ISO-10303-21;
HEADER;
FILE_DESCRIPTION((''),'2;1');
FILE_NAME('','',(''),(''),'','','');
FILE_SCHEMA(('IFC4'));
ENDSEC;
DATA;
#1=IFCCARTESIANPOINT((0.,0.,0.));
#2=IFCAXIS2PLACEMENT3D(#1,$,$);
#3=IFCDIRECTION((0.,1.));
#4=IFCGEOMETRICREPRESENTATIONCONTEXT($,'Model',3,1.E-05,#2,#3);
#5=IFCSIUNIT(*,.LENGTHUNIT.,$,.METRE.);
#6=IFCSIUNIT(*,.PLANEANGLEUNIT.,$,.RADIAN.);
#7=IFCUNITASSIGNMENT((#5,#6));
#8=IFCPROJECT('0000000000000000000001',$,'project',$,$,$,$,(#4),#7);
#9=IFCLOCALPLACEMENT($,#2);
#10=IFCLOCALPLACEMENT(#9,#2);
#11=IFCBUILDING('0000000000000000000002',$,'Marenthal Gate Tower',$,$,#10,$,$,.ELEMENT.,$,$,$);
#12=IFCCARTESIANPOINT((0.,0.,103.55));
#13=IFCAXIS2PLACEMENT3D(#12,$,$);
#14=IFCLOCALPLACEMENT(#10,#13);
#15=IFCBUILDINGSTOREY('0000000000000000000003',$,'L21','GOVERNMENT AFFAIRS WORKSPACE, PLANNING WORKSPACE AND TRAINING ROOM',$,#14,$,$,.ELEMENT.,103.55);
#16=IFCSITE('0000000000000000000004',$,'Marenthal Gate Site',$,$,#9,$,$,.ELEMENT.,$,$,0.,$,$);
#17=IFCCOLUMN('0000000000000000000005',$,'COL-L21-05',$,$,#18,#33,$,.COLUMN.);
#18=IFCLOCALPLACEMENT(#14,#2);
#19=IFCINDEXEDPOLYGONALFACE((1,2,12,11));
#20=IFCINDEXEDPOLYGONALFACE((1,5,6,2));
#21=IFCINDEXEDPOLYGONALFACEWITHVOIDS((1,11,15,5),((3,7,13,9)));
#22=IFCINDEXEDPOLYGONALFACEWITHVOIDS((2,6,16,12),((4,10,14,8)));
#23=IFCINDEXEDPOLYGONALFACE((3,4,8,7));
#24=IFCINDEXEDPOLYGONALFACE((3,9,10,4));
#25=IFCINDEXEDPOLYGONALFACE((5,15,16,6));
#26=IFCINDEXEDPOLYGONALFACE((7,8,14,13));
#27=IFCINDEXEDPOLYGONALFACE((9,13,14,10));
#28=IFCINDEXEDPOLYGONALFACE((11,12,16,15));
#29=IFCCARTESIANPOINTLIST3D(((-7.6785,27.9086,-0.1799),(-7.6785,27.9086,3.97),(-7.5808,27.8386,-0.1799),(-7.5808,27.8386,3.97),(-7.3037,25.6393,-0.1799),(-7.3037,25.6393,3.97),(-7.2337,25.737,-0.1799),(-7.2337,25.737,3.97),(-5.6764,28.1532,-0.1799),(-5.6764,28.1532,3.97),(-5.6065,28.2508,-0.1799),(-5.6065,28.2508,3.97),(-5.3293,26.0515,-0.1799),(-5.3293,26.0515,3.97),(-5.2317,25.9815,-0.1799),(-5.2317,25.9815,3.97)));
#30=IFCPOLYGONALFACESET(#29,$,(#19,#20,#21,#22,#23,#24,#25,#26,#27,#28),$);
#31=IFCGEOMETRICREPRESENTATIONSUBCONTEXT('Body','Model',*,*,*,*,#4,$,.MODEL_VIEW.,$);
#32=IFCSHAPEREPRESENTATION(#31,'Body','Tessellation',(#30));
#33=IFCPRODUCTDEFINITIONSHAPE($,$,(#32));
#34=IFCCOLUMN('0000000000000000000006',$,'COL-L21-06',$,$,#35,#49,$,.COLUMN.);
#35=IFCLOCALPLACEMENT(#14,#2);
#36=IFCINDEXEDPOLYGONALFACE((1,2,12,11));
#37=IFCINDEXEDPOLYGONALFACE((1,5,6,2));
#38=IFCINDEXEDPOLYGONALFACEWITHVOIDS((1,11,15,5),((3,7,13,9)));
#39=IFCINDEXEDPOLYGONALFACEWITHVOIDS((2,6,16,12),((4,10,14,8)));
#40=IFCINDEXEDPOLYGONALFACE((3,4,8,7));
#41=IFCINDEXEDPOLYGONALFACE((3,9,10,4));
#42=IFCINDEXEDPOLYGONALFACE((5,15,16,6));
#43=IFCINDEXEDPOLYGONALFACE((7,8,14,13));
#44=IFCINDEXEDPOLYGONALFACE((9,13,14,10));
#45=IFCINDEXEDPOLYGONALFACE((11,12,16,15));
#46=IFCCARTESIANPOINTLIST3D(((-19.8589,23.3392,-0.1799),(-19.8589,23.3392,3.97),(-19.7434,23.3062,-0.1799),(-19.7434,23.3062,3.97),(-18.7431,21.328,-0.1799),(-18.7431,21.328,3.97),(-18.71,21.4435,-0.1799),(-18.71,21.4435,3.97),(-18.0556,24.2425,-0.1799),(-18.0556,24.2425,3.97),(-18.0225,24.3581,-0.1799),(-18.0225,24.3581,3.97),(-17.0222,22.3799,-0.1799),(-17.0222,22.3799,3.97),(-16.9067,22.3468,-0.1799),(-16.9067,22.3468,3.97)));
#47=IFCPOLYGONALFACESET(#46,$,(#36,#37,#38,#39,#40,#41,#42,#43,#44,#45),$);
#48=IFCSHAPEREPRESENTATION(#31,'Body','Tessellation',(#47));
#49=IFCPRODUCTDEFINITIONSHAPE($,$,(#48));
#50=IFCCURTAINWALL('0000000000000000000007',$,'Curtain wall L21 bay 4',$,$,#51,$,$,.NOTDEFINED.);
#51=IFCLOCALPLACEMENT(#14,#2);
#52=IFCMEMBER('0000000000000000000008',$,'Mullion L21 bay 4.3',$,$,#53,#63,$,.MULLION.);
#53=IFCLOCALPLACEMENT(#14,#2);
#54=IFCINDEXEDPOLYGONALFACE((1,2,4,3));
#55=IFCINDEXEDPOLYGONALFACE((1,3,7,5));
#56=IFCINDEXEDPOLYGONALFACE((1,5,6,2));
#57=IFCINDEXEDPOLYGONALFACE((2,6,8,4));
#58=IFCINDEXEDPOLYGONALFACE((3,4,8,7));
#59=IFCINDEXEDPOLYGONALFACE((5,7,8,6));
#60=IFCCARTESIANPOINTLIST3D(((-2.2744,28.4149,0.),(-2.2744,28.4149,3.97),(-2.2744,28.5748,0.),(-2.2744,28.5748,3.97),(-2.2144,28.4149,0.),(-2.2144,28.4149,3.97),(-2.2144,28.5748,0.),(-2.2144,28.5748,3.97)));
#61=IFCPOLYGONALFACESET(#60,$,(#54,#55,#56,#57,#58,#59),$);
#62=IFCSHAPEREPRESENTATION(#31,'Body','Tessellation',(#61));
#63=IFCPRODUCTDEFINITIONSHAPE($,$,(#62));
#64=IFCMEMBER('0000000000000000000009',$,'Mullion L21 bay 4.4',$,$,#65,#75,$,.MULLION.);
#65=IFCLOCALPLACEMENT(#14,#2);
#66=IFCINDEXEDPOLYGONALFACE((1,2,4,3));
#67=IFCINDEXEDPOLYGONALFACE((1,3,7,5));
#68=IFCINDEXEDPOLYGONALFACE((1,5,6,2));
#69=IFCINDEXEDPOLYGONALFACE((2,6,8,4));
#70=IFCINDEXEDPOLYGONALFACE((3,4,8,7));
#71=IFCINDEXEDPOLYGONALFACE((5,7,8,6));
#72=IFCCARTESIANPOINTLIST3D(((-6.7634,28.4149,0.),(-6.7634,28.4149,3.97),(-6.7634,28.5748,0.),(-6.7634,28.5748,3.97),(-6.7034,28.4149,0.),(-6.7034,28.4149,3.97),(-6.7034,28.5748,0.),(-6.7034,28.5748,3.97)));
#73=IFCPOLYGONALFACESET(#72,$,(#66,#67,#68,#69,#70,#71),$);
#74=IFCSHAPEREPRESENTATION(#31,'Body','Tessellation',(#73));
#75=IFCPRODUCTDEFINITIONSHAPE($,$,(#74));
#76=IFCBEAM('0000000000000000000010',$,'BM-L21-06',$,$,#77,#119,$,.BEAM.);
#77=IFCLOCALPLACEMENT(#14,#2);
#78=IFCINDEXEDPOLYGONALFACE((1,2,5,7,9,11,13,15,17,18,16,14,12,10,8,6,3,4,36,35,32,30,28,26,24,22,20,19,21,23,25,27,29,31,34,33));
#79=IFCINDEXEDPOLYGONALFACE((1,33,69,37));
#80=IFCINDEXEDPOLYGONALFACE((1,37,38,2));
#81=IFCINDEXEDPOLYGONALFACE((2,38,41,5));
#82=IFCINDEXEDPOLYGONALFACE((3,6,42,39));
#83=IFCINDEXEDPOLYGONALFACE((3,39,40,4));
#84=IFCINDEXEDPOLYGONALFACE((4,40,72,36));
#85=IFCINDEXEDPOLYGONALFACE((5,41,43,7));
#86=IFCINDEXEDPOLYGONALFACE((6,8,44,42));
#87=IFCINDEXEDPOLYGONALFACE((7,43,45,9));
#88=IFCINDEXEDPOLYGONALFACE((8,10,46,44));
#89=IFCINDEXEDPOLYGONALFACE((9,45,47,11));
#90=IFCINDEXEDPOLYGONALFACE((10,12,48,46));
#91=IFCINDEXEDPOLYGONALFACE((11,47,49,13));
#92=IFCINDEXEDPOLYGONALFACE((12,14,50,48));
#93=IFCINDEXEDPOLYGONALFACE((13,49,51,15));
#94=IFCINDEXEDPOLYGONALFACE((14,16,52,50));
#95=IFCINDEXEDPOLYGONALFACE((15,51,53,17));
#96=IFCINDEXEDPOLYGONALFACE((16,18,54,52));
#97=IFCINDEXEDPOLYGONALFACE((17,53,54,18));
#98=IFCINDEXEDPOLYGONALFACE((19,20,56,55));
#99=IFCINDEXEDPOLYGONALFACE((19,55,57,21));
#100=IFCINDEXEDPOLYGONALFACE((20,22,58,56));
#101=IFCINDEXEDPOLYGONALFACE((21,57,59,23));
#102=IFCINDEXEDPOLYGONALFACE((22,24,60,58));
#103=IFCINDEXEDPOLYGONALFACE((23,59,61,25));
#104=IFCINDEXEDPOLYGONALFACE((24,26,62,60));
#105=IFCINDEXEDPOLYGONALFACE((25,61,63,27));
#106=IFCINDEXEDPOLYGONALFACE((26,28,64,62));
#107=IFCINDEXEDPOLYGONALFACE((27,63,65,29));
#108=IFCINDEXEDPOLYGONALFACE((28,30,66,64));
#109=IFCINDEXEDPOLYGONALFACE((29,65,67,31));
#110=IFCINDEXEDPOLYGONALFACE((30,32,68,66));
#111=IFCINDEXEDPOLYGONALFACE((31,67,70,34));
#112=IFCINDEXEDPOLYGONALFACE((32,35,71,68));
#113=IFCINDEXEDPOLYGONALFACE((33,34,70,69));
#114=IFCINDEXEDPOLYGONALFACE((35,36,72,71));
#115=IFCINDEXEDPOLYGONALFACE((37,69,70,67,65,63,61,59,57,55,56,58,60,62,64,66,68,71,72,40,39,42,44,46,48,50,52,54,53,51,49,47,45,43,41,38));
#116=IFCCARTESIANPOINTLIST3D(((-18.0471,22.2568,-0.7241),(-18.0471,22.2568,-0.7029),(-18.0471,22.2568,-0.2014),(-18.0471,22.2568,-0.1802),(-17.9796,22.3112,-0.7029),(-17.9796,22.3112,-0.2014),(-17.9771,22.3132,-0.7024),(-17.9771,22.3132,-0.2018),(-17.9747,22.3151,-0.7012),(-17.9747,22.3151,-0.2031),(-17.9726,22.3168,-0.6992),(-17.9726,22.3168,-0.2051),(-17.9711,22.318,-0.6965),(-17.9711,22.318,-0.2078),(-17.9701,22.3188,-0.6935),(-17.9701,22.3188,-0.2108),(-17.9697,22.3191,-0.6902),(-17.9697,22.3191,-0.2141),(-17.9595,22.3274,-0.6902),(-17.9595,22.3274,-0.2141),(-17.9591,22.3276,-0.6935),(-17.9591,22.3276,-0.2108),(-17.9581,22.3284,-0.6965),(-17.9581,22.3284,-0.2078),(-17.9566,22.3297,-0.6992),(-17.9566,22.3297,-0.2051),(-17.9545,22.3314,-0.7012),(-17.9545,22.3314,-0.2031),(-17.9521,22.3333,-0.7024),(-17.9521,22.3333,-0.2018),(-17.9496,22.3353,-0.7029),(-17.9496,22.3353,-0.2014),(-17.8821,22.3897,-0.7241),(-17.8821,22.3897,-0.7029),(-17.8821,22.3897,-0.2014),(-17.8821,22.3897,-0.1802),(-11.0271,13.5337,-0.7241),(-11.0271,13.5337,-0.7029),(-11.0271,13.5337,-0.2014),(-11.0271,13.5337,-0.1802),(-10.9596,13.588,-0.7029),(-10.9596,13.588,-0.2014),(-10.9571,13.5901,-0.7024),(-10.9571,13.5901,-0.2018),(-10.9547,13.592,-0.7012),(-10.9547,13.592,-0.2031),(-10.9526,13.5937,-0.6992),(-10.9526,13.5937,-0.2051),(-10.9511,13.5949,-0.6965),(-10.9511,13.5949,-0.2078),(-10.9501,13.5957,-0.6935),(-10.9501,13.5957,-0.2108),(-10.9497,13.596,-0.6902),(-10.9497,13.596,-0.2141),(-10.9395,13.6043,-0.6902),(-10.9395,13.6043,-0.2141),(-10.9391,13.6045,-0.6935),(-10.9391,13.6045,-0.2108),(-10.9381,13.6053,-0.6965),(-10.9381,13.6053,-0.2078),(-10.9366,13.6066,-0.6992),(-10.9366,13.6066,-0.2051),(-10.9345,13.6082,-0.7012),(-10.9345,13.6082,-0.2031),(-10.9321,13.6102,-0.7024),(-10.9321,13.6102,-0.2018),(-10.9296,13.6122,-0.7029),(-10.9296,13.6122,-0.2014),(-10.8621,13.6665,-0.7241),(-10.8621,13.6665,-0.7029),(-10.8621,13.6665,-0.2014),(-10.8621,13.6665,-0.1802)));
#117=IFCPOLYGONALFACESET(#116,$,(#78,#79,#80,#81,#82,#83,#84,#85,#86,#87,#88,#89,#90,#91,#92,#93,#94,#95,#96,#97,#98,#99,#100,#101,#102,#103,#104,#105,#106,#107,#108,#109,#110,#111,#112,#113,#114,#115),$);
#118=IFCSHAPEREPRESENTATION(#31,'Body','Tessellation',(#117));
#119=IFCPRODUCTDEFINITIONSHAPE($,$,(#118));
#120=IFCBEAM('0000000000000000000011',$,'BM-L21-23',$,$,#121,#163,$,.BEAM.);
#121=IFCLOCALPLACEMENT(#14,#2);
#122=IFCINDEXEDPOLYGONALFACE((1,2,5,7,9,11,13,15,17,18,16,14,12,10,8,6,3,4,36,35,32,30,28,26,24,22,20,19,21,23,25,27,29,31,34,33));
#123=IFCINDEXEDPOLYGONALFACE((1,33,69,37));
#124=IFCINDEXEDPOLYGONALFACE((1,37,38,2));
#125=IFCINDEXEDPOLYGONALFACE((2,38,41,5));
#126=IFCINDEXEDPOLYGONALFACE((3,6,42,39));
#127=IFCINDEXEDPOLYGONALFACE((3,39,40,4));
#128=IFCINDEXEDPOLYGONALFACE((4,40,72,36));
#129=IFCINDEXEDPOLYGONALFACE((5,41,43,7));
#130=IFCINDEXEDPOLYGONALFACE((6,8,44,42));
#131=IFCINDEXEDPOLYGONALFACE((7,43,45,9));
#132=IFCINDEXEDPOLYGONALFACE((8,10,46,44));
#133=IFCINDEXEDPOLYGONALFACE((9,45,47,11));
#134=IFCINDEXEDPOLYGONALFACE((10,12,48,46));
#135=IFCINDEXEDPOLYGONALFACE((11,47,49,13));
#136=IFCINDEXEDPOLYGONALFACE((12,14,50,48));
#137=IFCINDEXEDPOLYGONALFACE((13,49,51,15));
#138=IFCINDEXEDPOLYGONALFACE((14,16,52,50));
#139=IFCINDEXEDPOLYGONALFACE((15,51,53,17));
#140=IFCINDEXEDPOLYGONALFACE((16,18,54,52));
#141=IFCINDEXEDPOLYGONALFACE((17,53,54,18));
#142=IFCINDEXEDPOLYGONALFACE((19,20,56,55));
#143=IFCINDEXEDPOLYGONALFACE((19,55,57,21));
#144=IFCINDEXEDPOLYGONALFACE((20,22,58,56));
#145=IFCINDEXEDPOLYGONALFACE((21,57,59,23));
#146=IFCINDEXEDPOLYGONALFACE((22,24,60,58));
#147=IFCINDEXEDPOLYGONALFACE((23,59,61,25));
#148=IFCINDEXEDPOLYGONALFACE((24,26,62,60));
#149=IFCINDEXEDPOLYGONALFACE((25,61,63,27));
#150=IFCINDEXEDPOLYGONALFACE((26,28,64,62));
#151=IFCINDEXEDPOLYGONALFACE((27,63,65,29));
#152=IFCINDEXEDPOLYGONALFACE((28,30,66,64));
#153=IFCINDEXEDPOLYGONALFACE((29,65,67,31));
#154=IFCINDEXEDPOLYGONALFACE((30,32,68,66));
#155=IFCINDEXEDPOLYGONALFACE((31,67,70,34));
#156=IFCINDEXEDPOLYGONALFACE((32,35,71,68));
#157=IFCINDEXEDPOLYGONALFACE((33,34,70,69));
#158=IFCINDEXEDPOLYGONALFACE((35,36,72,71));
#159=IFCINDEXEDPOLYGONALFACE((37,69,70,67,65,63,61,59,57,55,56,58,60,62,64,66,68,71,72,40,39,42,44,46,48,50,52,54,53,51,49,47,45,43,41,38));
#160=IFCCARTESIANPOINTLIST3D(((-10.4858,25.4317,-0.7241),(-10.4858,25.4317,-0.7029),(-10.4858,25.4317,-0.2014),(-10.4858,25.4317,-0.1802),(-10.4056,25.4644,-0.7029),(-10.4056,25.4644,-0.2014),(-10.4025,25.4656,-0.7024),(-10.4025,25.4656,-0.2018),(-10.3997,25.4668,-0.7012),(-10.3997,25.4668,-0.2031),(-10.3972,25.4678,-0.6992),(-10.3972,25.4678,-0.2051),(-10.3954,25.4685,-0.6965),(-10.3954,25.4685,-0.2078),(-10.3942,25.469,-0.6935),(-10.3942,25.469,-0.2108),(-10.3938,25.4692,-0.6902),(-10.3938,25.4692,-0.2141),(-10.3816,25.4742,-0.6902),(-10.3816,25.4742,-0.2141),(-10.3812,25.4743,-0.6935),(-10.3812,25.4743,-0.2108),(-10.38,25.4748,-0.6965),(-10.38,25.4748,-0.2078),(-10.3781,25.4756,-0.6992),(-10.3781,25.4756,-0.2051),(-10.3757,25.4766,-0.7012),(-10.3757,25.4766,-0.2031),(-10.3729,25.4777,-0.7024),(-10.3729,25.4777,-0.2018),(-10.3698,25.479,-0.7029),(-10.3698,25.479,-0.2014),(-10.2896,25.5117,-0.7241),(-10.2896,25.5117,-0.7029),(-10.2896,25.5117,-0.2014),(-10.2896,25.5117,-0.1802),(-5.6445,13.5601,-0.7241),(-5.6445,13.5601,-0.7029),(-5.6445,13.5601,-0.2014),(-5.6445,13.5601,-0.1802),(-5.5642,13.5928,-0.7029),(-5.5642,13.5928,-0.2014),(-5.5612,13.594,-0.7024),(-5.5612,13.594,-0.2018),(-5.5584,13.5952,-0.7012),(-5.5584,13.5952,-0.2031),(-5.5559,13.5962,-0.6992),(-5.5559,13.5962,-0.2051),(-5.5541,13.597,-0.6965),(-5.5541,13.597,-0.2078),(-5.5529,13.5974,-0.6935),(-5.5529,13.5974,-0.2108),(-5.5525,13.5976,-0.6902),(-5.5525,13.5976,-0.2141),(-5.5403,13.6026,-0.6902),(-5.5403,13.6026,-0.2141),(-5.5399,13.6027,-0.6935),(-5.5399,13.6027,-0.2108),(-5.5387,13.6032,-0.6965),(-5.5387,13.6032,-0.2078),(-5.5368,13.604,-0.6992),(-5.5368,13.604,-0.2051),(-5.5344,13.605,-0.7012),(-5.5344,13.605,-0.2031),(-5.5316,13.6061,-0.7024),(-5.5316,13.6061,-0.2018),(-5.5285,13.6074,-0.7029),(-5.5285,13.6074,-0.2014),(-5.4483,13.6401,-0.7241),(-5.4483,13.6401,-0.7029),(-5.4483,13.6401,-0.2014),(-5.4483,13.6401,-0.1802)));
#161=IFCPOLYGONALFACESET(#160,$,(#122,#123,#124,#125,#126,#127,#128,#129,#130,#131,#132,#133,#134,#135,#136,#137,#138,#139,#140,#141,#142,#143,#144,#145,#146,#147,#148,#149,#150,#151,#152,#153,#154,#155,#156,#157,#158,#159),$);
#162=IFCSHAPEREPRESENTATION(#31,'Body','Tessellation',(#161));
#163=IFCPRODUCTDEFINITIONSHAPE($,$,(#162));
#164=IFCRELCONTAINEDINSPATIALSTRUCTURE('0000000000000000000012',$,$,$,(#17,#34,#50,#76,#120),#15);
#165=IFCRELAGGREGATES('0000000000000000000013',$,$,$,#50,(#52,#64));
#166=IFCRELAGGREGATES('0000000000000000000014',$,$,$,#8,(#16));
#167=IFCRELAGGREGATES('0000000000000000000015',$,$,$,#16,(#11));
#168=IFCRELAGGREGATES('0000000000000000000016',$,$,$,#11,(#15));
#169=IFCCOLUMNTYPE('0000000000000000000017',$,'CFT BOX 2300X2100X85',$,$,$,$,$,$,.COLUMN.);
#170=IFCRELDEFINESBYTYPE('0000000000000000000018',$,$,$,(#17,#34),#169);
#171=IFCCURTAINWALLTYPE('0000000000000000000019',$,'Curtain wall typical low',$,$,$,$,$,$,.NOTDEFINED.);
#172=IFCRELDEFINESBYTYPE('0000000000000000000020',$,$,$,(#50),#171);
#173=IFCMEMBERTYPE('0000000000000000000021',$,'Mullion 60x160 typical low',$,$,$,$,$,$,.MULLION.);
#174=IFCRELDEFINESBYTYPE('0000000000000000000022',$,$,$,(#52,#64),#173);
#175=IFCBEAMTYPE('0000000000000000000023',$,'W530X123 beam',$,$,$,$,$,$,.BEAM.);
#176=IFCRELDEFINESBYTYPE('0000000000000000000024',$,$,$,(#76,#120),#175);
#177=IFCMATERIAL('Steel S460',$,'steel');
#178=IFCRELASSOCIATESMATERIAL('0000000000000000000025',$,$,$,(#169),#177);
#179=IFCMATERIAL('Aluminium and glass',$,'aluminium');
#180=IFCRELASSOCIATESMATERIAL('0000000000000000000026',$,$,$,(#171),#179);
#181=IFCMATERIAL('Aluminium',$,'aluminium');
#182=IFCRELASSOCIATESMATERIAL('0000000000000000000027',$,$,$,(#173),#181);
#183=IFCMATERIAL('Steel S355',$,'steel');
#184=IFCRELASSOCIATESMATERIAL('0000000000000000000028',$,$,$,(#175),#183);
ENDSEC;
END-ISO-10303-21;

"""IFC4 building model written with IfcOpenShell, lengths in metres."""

from ifc_helpers import new_model, si_unit, direction, frame, origin, origin_2d, place, context, subcontext, project, spatial, rectangle, hollow_rectangle, i_section, extrude, material, material_profile, profile_set, type_object, element, aggregate, save


model = new_model("IFC4")

# Units and contexts
model_context = context("Model", 3, precision=1e-05, world=origin(), true_north=direction((0.0, 1.0)))
body_context = subcontext(model_context, "Body", "Model", "MODEL_VIEW")
ifc_project = project(units=[si_unit("LENGTHUNIT", "METRE"), si_unit("PLANEANGLEUNIT", "RADIAN")], contexts=[model_context])

# Site, building, storey
site_placement = place(None, origin())
site = spatial("IfcSite", under=ifc_project, at=site_placement, Name="Marenthal Gate Site", CompositionType="ELEMENT", RefElevation=0.0)
building_placement = place(site_placement, origin())
building = spatial("IfcBuilding", under=site, at=building_placement, Name="Marenthal Gate Tower", CompositionType="ELEMENT")
storey_placement = place(building_placement, frame((0.0, 0.0, 103.55)))
storey = spatial("IfcBuildingStorey", under=building, at=storey_placement, Name="L21", Description="GOVERNMENT AFFAIRS WORKSPACE, PLANNING WORKSPACE AND TRAINING ROOM", CompositionType="ELEMENT", Elevation=103.55)

# Columns
ifc_material_1 = material(Name="Steel S460", Category="steel")
ifc_material_profile_1 = material_profile(ifc_material_1, hollow_rectangle(XDim=2.1001, YDim=2.3, WallThickness=0.085, at=origin_2d()), Name="CFT BOX 2300X2100X85")
ifc_material_2 = material(Name="Concrete 70 MPa", Category="concrete")
ifc_material_profile_2 = material_profile(ifc_material_2, rectangle(XDim=1.9299, YDim=2.1299, at=origin_2d()), Name="CFT BOX 2300X2100X85 INFILL")
ifc_profile_set_1 = profile_set([ifc_material_profile_1, ifc_material_profile_2], Name="Steel S460 shell, Concrete 70 MPa infill")
column_type = type_object("IfcColumnType", Name="CFT BOX 2300X2100X85", PredefinedType="COLUMN", material=ifc_profile_set_1)
for number, where, z_axis, x_axis, name in (
    (1, (-6.4551, 26.9451, -0.1799), (0.0, 0.0, 1.0), (0.986635, 0.162949, 0.0), "COL-L21-05"),
    (2, (-18.3828, 22.843, -0.1799), (0.0, 0.0, 1.0), (0.874442, 0.48513, 0.0), "COL-L21-06"),
):
    element("IfcColumn", number, at=place(storey_placement, frame(where, z_axis=z_axis, x_axis=x_axis)), inside=storey, type_object=column_type, Name=name, PredefinedType="COLUMN", context=body_context, shape_type="SweptSolid", body=[
        extrude(hollow_rectangle(XDim=2.1001, YDim=2.3, WallThickness=0.085, at=origin_2d()), origin(), (0.0, 0.0, 1.0), 4.1499),
    ])

# Curtain wall, members
ifc_material_3 = material(Name="Aluminium and glass", Category="aluminium")
curtain_wall_type = type_object("IfcCurtainWallType", Name="Curtain wall typical low", PredefinedType="NOTDEFINED", material=ifc_material_3)
curtain_wall_placement = place(storey_placement, origin())
curtain_wall = element("IfcCurtainWall", 3, at=curtain_wall_placement, inside=storey, type_object=curtain_wall_type, Name="Curtain wall L21 bay 4", PredefinedType="NOTDEFINED")
ifc_material_4 = material(Name="Aluminium", Category="aluminium")
ifc_material_profile_3 = material_profile(ifc_material_4, rectangle(XDim=0.1599, YDim=0.0601, at=origin_2d()), Name="60x160 aluminium mullion")
ifc_profile_set_2 = profile_set([ifc_material_profile_3], Name="Aluminium")
member_type = type_object("IfcMemberType", Name="Mullion 60x160 typical low", PredefinedType="MULLION", material=ifc_profile_set_2)
member_1_placement = place(storey_placement, frame((-2.2444, 28.4949, 0.0), z_axis=(0.0, 0.0, 1.0), x_axis=(0.0, -1.0, 0.0)))
member_1 = element("IfcMember", 4, at=member_1_placement, type_object=member_type, Name="Mullion L21 bay 4.3", PredefinedType="MULLION", context=body_context, shape_type="SweptSolid", body=[
    extrude(rectangle(XDim=0.1599, YDim=0.0601, at=origin_2d()), origin(), (0.0, 0.0, 1.0), 3.97),
])
member_2_placement = place(storey_placement, frame((-6.7334, 28.4949, 0.0), z_axis=(0.0, 0.0, 1.0), x_axis=(0.0, -1.0, 0.0)))
member_2 = element("IfcMember", 5, at=member_2_placement, type_object=member_type, Name="Mullion L21 bay 4.4", PredefinedType="MULLION", context=body_context, shape_type="SweptSolid", body=[
    extrude(rectangle(XDim=0.1599, YDim=0.0601, at=origin_2d()), origin(), (0.0, 0.0, 1.0), 3.97),
])

# Beams
ifc_material_5 = material(Name="Steel S355", Category="steel")
ifc_material_profile_4 = material_profile(ifc_material_5, i_section(OverallWidth=0.2119, OverallDepth=0.5439, WebThickness=0.0132, FlangeThickness=0.0212, FilletRadius=0.0127, at=origin_2d()), Name="W530X123")
ifc_profile_set_3 = profile_set([ifc_material_profile_4], Name="Steel S355")
beam_type_1 = type_object("IfcBeamType", Name="W530X123 beam", PredefinedType="BEAM", material=ifc_profile_set_3)
beam_1_placement = place(storey_placement, frame((-17.9646, 22.3232, -0.4521), z_axis=(0.626953, -0.779057, 0.0), x_axis=(0.779057, 0.626953, 0.0)))
element("IfcBeam", 6, at=beam_1_placement, inside=storey, type_object=beam_type_1, Name="BM-L21-06", PredefinedType="BEAM", context=body_context, shape_type="SweptSolid", body=[
    extrude(i_section(OverallWidth=0.2119, OverallDepth=0.5439, WebThickness=0.0132, FlangeThickness=0.0212, FilletRadius=0.0127, at=origin_2d()), origin(), (0.0, 0.0, 1.0), 11.197),
])
beam_2_placement = place(storey_placement, frame((-10.3877, 25.4717, -0.4521), z_axis=(0.377614, -0.925963, 0.0), x_axis=(0.925963, 0.377614, 0.0)))
element("IfcBeam", 7, at=beam_2_placement, inside=storey, type_object=beam_type_1, Name="BM-L21-23", PredefinedType="BEAM", context=body_context, shape_type="SweptSolid", body=[
    extrude(i_section(OverallWidth=0.2119, OverallDepth=0.5439, WebThickness=0.0132, FlangeThickness=0.0212, FilletRadius=0.0127, at=origin_2d()), origin(), (0.0, 0.0, 1.0), 12.8208),
])

aggregate(curtain_wall, [member_1, member_2])

save(model, "model.ifc")
